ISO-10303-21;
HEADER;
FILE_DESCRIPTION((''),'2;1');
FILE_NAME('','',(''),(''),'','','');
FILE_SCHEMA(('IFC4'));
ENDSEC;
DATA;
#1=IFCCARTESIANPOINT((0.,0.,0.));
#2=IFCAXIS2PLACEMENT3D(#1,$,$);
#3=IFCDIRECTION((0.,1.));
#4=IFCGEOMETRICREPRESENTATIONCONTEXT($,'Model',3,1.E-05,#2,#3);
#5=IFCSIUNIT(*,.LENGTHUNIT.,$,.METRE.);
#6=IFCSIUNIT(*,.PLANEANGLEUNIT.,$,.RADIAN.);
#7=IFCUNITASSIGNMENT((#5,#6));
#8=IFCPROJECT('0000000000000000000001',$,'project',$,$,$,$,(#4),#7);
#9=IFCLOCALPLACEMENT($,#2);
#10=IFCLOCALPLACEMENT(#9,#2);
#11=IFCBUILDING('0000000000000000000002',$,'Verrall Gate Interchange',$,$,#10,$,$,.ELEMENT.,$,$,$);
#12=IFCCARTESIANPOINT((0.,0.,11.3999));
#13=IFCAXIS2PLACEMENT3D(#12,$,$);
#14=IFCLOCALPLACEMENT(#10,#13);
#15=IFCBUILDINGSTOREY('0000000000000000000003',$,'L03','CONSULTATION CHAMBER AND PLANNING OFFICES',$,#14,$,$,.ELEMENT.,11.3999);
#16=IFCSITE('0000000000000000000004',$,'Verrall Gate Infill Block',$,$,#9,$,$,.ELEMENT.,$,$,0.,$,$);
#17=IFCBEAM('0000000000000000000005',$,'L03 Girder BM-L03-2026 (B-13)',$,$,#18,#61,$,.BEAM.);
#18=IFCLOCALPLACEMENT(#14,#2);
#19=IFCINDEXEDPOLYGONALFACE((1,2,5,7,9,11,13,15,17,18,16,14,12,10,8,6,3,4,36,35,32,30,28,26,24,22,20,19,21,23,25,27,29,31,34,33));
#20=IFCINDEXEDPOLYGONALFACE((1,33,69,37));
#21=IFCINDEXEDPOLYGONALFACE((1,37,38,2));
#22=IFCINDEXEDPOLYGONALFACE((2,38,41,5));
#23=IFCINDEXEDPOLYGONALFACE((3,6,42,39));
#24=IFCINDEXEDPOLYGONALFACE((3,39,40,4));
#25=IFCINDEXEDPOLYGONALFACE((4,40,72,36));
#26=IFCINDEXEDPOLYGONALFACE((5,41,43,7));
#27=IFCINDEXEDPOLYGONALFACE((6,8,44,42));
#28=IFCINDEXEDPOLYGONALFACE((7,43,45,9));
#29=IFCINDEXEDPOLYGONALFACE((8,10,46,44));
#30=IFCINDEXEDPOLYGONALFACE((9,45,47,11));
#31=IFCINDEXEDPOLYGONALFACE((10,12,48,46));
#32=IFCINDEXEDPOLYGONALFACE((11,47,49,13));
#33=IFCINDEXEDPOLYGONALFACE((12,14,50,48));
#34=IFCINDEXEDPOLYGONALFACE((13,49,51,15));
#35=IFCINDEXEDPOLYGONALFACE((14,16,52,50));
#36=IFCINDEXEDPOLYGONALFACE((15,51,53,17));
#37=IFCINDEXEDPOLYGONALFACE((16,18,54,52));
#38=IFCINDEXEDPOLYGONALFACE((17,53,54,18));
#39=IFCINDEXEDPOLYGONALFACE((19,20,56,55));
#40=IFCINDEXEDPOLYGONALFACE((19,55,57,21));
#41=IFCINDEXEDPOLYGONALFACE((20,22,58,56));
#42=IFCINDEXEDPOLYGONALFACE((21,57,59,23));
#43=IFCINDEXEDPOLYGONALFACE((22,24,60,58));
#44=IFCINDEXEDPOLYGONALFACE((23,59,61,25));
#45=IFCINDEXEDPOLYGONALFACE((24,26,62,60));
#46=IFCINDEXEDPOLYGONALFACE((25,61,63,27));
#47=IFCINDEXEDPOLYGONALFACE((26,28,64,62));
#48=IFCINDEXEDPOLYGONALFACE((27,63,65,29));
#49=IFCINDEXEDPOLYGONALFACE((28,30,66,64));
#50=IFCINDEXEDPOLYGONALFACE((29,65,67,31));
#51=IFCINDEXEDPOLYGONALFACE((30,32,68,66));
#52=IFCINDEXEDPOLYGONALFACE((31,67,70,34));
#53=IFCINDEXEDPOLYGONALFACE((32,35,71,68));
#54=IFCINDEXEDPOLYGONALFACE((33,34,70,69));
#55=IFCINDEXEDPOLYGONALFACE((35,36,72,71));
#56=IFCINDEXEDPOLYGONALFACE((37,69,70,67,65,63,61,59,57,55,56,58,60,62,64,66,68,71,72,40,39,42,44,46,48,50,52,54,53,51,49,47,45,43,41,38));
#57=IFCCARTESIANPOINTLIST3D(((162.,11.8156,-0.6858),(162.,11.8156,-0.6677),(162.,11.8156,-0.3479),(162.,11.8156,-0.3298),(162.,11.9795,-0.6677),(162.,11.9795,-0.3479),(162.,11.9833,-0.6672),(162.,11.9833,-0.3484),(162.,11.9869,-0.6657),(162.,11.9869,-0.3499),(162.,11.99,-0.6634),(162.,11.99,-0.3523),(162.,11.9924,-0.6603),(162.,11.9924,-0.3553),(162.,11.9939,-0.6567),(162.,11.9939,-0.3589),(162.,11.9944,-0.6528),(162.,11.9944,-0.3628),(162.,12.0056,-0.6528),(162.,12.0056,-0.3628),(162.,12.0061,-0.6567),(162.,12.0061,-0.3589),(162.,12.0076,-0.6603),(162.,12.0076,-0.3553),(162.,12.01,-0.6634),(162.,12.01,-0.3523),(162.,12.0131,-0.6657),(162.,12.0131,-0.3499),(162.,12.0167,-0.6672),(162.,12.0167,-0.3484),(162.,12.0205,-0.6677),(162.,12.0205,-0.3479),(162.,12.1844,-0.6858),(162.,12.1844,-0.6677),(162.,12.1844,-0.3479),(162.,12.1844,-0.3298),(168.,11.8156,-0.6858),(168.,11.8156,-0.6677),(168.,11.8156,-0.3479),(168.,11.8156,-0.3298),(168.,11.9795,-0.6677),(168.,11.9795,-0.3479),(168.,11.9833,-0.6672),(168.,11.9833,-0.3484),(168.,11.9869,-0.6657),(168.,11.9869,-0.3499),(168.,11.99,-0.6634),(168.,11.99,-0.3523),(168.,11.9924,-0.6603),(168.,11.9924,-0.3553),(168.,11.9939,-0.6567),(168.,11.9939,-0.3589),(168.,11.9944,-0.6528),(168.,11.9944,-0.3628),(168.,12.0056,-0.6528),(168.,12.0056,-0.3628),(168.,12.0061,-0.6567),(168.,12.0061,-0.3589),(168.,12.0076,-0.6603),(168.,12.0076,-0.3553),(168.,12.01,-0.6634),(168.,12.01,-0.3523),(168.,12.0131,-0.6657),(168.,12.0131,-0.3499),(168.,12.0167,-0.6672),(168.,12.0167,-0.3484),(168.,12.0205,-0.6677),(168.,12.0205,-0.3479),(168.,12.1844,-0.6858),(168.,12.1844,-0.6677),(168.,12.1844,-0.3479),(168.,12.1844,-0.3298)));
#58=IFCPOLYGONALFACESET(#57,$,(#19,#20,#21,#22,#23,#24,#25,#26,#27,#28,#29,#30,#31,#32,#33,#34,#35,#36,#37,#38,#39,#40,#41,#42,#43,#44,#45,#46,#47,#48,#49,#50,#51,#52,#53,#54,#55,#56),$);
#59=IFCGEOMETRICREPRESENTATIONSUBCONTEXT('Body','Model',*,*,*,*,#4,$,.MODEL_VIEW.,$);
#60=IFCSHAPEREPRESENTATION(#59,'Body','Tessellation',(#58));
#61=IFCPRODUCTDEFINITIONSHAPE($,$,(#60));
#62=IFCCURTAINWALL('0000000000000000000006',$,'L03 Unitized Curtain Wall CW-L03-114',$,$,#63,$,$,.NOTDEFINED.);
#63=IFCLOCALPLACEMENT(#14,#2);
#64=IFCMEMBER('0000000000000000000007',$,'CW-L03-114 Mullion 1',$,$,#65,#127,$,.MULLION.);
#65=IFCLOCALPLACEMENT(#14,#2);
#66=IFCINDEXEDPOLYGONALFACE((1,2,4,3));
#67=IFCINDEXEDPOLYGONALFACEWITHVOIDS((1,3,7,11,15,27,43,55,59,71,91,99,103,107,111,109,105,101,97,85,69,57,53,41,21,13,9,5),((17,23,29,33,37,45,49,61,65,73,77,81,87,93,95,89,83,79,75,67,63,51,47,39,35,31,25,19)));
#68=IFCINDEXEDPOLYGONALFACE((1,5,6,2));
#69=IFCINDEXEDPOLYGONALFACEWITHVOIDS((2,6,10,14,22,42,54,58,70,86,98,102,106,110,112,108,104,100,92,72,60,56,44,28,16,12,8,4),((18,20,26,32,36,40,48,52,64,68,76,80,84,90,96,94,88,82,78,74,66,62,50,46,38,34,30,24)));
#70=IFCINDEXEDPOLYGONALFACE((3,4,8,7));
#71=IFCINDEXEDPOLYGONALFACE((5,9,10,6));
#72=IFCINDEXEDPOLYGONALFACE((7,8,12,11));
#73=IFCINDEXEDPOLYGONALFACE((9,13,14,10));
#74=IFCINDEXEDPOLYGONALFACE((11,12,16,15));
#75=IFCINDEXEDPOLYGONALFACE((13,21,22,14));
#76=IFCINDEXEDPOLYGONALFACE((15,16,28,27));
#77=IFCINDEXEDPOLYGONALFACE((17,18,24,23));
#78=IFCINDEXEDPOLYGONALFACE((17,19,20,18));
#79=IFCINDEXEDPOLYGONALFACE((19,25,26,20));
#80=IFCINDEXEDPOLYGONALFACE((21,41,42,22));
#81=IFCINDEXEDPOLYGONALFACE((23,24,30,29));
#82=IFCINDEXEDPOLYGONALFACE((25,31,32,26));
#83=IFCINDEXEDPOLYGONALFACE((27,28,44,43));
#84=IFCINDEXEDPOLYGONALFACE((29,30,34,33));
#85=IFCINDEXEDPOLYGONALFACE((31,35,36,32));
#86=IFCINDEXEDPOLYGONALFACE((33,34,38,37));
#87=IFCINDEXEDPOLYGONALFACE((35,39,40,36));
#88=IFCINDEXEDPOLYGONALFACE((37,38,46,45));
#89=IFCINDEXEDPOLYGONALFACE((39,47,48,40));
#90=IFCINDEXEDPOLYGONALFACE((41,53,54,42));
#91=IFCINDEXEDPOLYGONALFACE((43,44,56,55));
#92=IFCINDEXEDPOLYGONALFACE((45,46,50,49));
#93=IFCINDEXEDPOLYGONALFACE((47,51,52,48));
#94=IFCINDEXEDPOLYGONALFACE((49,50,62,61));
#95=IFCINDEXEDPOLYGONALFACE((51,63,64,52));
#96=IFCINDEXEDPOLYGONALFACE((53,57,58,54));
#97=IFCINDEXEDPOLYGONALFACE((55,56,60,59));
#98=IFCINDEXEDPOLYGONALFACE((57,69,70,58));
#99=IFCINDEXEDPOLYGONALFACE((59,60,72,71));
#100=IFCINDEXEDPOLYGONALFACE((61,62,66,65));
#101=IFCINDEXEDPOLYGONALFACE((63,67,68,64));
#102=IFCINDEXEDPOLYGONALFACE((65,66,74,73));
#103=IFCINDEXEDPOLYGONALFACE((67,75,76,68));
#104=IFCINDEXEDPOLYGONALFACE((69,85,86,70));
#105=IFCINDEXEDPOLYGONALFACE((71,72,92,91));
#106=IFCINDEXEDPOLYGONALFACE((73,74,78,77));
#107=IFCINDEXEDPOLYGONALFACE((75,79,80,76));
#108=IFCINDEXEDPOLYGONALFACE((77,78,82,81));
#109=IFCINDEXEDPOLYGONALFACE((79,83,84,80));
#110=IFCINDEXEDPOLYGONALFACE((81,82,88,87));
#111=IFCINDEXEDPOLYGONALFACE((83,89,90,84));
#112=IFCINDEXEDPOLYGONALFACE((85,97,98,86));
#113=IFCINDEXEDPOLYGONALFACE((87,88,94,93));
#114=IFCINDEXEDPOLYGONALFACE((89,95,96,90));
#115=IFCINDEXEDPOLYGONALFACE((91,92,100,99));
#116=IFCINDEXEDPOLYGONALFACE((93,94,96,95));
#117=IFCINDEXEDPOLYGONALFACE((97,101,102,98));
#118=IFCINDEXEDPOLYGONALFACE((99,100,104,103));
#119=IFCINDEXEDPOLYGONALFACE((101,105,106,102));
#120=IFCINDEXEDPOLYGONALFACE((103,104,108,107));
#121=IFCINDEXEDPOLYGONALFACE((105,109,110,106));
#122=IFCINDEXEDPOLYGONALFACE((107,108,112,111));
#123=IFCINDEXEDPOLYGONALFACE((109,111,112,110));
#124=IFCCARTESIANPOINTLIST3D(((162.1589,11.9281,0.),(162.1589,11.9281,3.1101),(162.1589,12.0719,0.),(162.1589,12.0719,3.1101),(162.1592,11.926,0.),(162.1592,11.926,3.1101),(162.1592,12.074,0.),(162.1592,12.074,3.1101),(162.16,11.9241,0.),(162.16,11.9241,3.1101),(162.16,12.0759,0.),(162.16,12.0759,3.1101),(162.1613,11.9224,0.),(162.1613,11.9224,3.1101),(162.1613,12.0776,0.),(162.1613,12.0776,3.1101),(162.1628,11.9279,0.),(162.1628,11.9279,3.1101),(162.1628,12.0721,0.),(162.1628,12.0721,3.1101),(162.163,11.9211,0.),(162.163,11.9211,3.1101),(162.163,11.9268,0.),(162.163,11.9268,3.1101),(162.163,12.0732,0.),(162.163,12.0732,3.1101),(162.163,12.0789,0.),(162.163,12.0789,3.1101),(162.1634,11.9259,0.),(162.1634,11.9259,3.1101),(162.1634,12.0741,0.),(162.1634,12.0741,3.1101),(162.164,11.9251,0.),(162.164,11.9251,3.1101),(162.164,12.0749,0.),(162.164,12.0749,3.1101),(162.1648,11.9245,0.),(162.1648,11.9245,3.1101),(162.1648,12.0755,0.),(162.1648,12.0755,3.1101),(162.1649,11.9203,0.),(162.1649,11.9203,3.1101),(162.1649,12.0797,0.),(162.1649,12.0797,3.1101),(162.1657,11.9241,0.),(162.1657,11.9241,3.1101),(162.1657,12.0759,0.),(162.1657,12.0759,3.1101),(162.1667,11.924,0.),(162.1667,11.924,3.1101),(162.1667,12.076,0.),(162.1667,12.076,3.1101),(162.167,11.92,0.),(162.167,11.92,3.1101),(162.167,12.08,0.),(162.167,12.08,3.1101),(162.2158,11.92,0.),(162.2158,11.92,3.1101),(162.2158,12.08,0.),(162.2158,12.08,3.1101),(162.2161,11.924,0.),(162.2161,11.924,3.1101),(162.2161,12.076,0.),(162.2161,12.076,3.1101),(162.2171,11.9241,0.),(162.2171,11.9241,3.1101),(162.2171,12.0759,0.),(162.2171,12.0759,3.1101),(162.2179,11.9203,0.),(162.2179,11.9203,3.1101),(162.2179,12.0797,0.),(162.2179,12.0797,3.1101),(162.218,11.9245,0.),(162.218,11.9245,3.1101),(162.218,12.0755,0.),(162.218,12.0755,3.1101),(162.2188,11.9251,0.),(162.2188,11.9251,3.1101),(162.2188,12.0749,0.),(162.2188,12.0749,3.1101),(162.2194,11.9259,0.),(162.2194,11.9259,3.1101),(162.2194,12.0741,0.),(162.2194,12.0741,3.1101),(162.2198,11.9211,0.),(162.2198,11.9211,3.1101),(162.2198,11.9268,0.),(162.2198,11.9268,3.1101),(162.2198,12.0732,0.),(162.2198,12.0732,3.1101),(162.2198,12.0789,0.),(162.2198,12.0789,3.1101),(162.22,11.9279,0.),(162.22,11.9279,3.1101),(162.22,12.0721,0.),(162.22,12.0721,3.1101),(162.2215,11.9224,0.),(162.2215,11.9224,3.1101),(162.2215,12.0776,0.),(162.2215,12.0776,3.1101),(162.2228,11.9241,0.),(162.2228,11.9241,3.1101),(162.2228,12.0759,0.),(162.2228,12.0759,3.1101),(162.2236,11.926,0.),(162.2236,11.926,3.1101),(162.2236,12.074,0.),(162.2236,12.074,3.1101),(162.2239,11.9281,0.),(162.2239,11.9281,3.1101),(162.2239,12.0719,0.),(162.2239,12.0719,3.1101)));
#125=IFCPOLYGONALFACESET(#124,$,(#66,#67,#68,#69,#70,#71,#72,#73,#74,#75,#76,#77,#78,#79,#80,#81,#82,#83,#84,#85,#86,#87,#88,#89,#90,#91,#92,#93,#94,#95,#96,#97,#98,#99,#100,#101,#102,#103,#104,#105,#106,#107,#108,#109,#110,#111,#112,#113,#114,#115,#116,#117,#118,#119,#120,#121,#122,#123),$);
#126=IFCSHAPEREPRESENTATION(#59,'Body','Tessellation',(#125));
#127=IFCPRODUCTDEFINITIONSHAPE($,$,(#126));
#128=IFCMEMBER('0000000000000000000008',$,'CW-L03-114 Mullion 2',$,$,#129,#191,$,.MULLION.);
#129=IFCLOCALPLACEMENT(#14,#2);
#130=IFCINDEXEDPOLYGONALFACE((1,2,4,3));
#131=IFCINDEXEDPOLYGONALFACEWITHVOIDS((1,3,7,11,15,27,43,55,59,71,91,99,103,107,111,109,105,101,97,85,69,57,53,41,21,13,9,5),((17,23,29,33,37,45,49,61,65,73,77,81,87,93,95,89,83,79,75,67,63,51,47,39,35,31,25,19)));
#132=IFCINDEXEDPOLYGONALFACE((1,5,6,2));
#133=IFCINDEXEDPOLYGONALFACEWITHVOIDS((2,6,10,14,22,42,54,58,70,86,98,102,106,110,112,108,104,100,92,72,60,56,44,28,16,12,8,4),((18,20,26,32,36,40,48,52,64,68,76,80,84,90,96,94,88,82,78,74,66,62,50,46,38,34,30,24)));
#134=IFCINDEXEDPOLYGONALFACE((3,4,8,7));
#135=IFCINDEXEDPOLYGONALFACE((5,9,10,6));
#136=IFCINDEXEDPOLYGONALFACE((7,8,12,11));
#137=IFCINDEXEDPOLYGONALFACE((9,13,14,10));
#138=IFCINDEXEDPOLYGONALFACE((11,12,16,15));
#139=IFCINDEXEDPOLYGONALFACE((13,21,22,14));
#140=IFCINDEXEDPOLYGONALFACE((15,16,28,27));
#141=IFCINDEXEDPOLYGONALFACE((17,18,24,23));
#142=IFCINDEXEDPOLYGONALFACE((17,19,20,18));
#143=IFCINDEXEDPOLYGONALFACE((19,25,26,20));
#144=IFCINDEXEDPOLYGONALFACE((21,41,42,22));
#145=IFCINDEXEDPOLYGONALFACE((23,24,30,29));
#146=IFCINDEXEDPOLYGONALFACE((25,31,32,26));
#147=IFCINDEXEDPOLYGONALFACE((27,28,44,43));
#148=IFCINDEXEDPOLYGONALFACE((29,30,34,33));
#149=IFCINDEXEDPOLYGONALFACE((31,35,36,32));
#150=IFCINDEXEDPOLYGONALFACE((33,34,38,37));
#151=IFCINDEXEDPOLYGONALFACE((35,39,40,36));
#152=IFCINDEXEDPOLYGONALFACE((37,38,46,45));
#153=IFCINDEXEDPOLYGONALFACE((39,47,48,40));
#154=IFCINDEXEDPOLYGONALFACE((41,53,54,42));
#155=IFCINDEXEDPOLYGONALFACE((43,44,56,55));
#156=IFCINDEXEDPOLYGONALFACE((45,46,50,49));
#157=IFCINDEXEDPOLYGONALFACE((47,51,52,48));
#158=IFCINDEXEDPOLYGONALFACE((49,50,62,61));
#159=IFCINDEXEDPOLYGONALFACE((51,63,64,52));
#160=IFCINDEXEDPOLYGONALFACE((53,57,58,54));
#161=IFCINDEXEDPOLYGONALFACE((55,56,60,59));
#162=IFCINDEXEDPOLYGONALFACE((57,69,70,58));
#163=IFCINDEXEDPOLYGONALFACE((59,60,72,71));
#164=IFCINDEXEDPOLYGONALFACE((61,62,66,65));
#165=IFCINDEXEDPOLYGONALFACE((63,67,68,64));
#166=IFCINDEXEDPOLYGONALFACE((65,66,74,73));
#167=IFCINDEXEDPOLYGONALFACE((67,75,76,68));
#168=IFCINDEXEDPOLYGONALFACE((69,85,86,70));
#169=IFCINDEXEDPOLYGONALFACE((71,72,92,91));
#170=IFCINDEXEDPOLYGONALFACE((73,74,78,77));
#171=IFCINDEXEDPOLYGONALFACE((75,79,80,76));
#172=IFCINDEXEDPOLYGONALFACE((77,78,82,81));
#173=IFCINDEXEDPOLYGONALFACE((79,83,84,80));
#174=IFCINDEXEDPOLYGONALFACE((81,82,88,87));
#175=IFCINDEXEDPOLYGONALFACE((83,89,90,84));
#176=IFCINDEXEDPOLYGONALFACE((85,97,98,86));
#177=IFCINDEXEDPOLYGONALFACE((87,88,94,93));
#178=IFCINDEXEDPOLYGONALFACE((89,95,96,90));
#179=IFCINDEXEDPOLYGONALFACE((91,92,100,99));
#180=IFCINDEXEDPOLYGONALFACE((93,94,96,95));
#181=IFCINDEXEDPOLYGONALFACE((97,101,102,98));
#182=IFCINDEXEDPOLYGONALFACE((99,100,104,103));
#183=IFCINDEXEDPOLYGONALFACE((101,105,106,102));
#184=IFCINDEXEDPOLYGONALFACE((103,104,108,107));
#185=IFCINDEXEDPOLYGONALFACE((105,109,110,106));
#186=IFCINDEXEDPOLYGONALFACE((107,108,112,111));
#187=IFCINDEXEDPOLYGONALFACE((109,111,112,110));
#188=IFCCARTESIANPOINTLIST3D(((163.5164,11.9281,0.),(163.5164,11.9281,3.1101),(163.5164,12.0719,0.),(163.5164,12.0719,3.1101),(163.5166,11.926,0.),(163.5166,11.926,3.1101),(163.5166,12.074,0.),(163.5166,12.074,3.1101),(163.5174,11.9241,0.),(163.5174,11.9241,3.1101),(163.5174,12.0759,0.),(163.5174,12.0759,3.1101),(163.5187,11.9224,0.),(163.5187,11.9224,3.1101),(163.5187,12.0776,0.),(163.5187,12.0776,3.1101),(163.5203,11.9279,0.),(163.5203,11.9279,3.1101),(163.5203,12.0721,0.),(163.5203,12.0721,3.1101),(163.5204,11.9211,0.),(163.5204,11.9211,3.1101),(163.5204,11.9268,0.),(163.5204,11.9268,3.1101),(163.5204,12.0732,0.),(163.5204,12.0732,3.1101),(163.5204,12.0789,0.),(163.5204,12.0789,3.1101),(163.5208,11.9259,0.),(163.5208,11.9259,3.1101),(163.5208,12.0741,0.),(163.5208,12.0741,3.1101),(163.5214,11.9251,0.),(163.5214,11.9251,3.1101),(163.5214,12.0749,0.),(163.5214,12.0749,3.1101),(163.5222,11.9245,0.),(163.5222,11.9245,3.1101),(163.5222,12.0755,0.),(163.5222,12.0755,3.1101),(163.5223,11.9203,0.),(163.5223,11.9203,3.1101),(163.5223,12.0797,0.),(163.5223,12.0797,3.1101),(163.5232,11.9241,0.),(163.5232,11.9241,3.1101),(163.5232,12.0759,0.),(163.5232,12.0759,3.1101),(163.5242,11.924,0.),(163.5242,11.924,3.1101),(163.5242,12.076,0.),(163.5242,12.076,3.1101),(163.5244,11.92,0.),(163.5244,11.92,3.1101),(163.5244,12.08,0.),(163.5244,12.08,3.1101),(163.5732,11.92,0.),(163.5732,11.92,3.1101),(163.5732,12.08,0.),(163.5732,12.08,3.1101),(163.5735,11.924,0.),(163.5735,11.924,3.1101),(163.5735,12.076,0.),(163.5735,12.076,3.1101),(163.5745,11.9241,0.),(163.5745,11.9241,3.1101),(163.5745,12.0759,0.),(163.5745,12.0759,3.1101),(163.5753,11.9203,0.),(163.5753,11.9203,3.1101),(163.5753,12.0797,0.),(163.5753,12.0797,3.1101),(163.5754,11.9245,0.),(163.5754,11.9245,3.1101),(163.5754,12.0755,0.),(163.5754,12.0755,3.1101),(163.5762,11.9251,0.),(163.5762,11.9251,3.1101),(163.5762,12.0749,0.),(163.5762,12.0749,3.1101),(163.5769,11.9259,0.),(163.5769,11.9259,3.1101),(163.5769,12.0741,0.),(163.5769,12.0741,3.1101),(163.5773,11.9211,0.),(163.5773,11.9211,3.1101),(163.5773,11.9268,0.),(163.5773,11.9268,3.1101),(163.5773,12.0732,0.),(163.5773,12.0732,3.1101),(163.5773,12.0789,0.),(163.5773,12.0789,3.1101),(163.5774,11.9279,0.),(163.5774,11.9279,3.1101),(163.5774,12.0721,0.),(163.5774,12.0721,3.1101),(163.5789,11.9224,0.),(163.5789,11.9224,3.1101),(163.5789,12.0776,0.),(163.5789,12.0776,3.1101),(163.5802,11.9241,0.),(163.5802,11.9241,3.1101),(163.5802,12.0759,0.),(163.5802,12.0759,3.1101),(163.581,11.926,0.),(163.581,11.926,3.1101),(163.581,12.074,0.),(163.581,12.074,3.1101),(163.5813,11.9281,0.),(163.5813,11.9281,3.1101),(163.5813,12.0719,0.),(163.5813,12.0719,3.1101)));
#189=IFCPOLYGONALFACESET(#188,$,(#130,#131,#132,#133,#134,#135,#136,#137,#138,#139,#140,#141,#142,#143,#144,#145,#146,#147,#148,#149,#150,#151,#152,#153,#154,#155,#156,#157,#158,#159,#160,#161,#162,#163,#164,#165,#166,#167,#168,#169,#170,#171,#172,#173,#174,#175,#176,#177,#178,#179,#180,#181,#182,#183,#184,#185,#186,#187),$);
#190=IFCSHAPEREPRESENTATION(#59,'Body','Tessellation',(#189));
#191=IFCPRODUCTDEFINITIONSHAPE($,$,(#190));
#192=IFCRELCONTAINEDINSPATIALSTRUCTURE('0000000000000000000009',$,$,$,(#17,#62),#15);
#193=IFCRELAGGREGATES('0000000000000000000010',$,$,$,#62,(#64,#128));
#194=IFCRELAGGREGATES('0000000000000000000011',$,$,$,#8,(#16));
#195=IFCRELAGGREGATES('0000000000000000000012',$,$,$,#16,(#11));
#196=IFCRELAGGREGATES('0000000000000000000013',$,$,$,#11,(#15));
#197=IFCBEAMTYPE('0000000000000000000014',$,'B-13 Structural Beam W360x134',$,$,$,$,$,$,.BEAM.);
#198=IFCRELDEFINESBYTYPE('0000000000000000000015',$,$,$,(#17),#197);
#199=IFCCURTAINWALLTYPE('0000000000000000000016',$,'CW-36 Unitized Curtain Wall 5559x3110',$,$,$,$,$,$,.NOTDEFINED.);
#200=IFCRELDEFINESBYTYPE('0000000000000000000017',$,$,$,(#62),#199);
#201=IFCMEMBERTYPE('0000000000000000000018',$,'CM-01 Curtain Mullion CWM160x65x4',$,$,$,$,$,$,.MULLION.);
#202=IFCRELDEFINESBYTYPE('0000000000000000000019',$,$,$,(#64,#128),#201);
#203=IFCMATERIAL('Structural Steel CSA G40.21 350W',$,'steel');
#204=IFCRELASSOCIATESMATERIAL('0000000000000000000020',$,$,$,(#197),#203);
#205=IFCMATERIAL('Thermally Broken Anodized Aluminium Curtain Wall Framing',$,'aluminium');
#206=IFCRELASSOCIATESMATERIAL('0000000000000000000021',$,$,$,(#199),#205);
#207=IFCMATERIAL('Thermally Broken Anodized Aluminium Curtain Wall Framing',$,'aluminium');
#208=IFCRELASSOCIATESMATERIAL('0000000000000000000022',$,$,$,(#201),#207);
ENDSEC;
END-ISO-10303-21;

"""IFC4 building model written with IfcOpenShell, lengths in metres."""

from ifc_helpers import new_model, si_unit, direction, frame, origin, origin_2d, place, context, subcontext, project, spatial, hollow_rectangle, i_section, extrude, material, material_profile, profile_set, type_object, element, aggregate, save


model = new_model("IFC4")

# Units and contexts
model_context = context("Model", 3, precision=1e-05, world=origin(), true_north=direction((0.0, 1.0)))
body_context = subcontext(model_context, "Body", "Model", "MODEL_VIEW")
ifc_project = project(units=[si_unit("LENGTHUNIT", "METRE"), si_unit("PLANEANGLEUNIT", "RADIAN")], contexts=[model_context])

# Site, building, storey
site_placement = place(None, origin())
site = spatial("IfcSite", under=ifc_project, at=site_placement, Name="Verrall Gate Infill Block", CompositionType="ELEMENT", RefElevation=0.0)
building_placement = place(site_placement, origin())
building = spatial("IfcBuilding", under=site, at=building_placement, Name="Verrall Gate Interchange", CompositionType="ELEMENT")
storey_placement = place(building_placement, frame((0.0, 0.0, 11.3999)))
storey = spatial("IfcBuildingStorey", under=building, at=storey_placement, Name="L03", Description="CONSULTATION CHAMBER AND PLANNING OFFICES", CompositionType="ELEMENT", Elevation=11.3999)

# Beam
ifc_material_1 = material(Name="Structural Steel CSA G40.21 350W", Category="steel")
ifc_material_profile_1 = material_profile(ifc_material_1, i_section(OverallWidth=0.3689, OverallDepth=0.356, WebThickness=0.0112, FlangeThickness=0.0181, FilletRadius=0.0149, at=origin_2d()), Name="W360x134")
ifc_profile_set_1 = profile_set([ifc_material_profile_1], Name="Structural Steel CSA G40.21 350W")
beam_type_1 = type_object("IfcBeamType", Name="B-13 Structural Beam W360x134", PredefinedType="BEAM", material=ifc_profile_set_1)
beam_1_placement = place(storey_placement, frame((162.0, 12.0, -0.5078), z_axis=(1.0, 0.0, 0.0), x_axis=(0.0, 1.0, 0.0)))
element("IfcBeam", 1, at=beam_1_placement, inside=storey, type_object=beam_type_1, Name="L03 Girder BM-L03-2026 (B-13)", PredefinedType="BEAM", context=body_context, shape_type="SweptSolid", body=[
    extrude(i_section(OverallWidth=0.3689, OverallDepth=0.356, WebThickness=0.0112, FlangeThickness=0.0181, FilletRadius=0.0149, at=origin_2d()), origin(), (0.0, 0.0, 1.0), 6.0),
])

# Curtain wall, members
ifc_material_2 = material(Name="Thermally Broken Anodized Aluminium Curtain Wall Framing", Category="aluminium")
curtain_wall_type_1 = type_object("IfcCurtainWallType", Name="CW-36 Unitized Curtain Wall 5559x3110", PredefinedType="NOTDEFINED", material=ifc_material_2)
curtain_wall_1_placement = place(storey_placement, origin())
curtain_wall_1 = element("IfcCurtainWall", 2, at=curtain_wall_1_placement, inside=storey, type_object=curtain_wall_type_1, Name="L03 Unitized Curtain Wall CW-L03-114", PredefinedType="NOTDEFINED")
ifc_material_3 = material(Name="Thermally Broken Anodized Aluminium Curtain Wall Framing", Category="aluminium")
ifc_material_profile_2 = material_profile(ifc_material_3, hollow_rectangle(XDim=0.0649, YDim=0.1599, WallThickness=0.0039, InnerFilletRadius=0.0039, OuterFilletRadius=0.0081, at=origin_2d()), Name="CWM160x65x4")
ifc_profile_set_2 = profile_set([ifc_material_profile_2], Name="Thermally Broken Anodized Aluminium Curtain Wall Framing")
member_type_1 = type_object("IfcMemberType", Name="CM-01 Curtain Mullion CWM160x65x4", PredefinedType="MULLION", material=ifc_profile_set_2)
member_1_placement = place(storey_placement, frame((162.1914, 12.0, 0.0), z_axis=(0.0, 0.0, 1.0), x_axis=(1.0, 0.0, 0.0)))
member_1 = element("IfcMember", 3, at=member_1_placement, type_object=member_type_1, Name="CW-L03-114 Mullion 1", PredefinedType="MULLION", context=body_context, shape_type="SweptSolid", body=[
    extrude(hollow_rectangle(XDim=0.0649, YDim=0.1599, WallThickness=0.0039, InnerFilletRadius=0.0039, OuterFilletRadius=0.0081, at=origin_2d()), origin(), (0.0, 0.0, 1.0), 3.1101),
])
member_2_placement = place(storey_placement, frame((163.5488, 12.0, 0.0), z_axis=(0.0, 0.0, 1.0), x_axis=(1.0, 0.0, 0.0)))
member_2 = element("IfcMember", 4, at=member_2_placement, type_object=member_type_1, Name="CW-L03-114 Mullion 2", PredefinedType="MULLION", context=body_context, shape_type="SweptSolid", body=[
    extrude(hollow_rectangle(XDim=0.0649, YDim=0.1599, WallThickness=0.0039, InnerFilletRadius=0.0039, OuterFilletRadius=0.0081, at=origin_2d()), origin(), (0.0, 0.0, 1.0), 3.1101),
])

aggregate(curtain_wall_1, [member_1, member_2])

save(model, "model.ifc")
